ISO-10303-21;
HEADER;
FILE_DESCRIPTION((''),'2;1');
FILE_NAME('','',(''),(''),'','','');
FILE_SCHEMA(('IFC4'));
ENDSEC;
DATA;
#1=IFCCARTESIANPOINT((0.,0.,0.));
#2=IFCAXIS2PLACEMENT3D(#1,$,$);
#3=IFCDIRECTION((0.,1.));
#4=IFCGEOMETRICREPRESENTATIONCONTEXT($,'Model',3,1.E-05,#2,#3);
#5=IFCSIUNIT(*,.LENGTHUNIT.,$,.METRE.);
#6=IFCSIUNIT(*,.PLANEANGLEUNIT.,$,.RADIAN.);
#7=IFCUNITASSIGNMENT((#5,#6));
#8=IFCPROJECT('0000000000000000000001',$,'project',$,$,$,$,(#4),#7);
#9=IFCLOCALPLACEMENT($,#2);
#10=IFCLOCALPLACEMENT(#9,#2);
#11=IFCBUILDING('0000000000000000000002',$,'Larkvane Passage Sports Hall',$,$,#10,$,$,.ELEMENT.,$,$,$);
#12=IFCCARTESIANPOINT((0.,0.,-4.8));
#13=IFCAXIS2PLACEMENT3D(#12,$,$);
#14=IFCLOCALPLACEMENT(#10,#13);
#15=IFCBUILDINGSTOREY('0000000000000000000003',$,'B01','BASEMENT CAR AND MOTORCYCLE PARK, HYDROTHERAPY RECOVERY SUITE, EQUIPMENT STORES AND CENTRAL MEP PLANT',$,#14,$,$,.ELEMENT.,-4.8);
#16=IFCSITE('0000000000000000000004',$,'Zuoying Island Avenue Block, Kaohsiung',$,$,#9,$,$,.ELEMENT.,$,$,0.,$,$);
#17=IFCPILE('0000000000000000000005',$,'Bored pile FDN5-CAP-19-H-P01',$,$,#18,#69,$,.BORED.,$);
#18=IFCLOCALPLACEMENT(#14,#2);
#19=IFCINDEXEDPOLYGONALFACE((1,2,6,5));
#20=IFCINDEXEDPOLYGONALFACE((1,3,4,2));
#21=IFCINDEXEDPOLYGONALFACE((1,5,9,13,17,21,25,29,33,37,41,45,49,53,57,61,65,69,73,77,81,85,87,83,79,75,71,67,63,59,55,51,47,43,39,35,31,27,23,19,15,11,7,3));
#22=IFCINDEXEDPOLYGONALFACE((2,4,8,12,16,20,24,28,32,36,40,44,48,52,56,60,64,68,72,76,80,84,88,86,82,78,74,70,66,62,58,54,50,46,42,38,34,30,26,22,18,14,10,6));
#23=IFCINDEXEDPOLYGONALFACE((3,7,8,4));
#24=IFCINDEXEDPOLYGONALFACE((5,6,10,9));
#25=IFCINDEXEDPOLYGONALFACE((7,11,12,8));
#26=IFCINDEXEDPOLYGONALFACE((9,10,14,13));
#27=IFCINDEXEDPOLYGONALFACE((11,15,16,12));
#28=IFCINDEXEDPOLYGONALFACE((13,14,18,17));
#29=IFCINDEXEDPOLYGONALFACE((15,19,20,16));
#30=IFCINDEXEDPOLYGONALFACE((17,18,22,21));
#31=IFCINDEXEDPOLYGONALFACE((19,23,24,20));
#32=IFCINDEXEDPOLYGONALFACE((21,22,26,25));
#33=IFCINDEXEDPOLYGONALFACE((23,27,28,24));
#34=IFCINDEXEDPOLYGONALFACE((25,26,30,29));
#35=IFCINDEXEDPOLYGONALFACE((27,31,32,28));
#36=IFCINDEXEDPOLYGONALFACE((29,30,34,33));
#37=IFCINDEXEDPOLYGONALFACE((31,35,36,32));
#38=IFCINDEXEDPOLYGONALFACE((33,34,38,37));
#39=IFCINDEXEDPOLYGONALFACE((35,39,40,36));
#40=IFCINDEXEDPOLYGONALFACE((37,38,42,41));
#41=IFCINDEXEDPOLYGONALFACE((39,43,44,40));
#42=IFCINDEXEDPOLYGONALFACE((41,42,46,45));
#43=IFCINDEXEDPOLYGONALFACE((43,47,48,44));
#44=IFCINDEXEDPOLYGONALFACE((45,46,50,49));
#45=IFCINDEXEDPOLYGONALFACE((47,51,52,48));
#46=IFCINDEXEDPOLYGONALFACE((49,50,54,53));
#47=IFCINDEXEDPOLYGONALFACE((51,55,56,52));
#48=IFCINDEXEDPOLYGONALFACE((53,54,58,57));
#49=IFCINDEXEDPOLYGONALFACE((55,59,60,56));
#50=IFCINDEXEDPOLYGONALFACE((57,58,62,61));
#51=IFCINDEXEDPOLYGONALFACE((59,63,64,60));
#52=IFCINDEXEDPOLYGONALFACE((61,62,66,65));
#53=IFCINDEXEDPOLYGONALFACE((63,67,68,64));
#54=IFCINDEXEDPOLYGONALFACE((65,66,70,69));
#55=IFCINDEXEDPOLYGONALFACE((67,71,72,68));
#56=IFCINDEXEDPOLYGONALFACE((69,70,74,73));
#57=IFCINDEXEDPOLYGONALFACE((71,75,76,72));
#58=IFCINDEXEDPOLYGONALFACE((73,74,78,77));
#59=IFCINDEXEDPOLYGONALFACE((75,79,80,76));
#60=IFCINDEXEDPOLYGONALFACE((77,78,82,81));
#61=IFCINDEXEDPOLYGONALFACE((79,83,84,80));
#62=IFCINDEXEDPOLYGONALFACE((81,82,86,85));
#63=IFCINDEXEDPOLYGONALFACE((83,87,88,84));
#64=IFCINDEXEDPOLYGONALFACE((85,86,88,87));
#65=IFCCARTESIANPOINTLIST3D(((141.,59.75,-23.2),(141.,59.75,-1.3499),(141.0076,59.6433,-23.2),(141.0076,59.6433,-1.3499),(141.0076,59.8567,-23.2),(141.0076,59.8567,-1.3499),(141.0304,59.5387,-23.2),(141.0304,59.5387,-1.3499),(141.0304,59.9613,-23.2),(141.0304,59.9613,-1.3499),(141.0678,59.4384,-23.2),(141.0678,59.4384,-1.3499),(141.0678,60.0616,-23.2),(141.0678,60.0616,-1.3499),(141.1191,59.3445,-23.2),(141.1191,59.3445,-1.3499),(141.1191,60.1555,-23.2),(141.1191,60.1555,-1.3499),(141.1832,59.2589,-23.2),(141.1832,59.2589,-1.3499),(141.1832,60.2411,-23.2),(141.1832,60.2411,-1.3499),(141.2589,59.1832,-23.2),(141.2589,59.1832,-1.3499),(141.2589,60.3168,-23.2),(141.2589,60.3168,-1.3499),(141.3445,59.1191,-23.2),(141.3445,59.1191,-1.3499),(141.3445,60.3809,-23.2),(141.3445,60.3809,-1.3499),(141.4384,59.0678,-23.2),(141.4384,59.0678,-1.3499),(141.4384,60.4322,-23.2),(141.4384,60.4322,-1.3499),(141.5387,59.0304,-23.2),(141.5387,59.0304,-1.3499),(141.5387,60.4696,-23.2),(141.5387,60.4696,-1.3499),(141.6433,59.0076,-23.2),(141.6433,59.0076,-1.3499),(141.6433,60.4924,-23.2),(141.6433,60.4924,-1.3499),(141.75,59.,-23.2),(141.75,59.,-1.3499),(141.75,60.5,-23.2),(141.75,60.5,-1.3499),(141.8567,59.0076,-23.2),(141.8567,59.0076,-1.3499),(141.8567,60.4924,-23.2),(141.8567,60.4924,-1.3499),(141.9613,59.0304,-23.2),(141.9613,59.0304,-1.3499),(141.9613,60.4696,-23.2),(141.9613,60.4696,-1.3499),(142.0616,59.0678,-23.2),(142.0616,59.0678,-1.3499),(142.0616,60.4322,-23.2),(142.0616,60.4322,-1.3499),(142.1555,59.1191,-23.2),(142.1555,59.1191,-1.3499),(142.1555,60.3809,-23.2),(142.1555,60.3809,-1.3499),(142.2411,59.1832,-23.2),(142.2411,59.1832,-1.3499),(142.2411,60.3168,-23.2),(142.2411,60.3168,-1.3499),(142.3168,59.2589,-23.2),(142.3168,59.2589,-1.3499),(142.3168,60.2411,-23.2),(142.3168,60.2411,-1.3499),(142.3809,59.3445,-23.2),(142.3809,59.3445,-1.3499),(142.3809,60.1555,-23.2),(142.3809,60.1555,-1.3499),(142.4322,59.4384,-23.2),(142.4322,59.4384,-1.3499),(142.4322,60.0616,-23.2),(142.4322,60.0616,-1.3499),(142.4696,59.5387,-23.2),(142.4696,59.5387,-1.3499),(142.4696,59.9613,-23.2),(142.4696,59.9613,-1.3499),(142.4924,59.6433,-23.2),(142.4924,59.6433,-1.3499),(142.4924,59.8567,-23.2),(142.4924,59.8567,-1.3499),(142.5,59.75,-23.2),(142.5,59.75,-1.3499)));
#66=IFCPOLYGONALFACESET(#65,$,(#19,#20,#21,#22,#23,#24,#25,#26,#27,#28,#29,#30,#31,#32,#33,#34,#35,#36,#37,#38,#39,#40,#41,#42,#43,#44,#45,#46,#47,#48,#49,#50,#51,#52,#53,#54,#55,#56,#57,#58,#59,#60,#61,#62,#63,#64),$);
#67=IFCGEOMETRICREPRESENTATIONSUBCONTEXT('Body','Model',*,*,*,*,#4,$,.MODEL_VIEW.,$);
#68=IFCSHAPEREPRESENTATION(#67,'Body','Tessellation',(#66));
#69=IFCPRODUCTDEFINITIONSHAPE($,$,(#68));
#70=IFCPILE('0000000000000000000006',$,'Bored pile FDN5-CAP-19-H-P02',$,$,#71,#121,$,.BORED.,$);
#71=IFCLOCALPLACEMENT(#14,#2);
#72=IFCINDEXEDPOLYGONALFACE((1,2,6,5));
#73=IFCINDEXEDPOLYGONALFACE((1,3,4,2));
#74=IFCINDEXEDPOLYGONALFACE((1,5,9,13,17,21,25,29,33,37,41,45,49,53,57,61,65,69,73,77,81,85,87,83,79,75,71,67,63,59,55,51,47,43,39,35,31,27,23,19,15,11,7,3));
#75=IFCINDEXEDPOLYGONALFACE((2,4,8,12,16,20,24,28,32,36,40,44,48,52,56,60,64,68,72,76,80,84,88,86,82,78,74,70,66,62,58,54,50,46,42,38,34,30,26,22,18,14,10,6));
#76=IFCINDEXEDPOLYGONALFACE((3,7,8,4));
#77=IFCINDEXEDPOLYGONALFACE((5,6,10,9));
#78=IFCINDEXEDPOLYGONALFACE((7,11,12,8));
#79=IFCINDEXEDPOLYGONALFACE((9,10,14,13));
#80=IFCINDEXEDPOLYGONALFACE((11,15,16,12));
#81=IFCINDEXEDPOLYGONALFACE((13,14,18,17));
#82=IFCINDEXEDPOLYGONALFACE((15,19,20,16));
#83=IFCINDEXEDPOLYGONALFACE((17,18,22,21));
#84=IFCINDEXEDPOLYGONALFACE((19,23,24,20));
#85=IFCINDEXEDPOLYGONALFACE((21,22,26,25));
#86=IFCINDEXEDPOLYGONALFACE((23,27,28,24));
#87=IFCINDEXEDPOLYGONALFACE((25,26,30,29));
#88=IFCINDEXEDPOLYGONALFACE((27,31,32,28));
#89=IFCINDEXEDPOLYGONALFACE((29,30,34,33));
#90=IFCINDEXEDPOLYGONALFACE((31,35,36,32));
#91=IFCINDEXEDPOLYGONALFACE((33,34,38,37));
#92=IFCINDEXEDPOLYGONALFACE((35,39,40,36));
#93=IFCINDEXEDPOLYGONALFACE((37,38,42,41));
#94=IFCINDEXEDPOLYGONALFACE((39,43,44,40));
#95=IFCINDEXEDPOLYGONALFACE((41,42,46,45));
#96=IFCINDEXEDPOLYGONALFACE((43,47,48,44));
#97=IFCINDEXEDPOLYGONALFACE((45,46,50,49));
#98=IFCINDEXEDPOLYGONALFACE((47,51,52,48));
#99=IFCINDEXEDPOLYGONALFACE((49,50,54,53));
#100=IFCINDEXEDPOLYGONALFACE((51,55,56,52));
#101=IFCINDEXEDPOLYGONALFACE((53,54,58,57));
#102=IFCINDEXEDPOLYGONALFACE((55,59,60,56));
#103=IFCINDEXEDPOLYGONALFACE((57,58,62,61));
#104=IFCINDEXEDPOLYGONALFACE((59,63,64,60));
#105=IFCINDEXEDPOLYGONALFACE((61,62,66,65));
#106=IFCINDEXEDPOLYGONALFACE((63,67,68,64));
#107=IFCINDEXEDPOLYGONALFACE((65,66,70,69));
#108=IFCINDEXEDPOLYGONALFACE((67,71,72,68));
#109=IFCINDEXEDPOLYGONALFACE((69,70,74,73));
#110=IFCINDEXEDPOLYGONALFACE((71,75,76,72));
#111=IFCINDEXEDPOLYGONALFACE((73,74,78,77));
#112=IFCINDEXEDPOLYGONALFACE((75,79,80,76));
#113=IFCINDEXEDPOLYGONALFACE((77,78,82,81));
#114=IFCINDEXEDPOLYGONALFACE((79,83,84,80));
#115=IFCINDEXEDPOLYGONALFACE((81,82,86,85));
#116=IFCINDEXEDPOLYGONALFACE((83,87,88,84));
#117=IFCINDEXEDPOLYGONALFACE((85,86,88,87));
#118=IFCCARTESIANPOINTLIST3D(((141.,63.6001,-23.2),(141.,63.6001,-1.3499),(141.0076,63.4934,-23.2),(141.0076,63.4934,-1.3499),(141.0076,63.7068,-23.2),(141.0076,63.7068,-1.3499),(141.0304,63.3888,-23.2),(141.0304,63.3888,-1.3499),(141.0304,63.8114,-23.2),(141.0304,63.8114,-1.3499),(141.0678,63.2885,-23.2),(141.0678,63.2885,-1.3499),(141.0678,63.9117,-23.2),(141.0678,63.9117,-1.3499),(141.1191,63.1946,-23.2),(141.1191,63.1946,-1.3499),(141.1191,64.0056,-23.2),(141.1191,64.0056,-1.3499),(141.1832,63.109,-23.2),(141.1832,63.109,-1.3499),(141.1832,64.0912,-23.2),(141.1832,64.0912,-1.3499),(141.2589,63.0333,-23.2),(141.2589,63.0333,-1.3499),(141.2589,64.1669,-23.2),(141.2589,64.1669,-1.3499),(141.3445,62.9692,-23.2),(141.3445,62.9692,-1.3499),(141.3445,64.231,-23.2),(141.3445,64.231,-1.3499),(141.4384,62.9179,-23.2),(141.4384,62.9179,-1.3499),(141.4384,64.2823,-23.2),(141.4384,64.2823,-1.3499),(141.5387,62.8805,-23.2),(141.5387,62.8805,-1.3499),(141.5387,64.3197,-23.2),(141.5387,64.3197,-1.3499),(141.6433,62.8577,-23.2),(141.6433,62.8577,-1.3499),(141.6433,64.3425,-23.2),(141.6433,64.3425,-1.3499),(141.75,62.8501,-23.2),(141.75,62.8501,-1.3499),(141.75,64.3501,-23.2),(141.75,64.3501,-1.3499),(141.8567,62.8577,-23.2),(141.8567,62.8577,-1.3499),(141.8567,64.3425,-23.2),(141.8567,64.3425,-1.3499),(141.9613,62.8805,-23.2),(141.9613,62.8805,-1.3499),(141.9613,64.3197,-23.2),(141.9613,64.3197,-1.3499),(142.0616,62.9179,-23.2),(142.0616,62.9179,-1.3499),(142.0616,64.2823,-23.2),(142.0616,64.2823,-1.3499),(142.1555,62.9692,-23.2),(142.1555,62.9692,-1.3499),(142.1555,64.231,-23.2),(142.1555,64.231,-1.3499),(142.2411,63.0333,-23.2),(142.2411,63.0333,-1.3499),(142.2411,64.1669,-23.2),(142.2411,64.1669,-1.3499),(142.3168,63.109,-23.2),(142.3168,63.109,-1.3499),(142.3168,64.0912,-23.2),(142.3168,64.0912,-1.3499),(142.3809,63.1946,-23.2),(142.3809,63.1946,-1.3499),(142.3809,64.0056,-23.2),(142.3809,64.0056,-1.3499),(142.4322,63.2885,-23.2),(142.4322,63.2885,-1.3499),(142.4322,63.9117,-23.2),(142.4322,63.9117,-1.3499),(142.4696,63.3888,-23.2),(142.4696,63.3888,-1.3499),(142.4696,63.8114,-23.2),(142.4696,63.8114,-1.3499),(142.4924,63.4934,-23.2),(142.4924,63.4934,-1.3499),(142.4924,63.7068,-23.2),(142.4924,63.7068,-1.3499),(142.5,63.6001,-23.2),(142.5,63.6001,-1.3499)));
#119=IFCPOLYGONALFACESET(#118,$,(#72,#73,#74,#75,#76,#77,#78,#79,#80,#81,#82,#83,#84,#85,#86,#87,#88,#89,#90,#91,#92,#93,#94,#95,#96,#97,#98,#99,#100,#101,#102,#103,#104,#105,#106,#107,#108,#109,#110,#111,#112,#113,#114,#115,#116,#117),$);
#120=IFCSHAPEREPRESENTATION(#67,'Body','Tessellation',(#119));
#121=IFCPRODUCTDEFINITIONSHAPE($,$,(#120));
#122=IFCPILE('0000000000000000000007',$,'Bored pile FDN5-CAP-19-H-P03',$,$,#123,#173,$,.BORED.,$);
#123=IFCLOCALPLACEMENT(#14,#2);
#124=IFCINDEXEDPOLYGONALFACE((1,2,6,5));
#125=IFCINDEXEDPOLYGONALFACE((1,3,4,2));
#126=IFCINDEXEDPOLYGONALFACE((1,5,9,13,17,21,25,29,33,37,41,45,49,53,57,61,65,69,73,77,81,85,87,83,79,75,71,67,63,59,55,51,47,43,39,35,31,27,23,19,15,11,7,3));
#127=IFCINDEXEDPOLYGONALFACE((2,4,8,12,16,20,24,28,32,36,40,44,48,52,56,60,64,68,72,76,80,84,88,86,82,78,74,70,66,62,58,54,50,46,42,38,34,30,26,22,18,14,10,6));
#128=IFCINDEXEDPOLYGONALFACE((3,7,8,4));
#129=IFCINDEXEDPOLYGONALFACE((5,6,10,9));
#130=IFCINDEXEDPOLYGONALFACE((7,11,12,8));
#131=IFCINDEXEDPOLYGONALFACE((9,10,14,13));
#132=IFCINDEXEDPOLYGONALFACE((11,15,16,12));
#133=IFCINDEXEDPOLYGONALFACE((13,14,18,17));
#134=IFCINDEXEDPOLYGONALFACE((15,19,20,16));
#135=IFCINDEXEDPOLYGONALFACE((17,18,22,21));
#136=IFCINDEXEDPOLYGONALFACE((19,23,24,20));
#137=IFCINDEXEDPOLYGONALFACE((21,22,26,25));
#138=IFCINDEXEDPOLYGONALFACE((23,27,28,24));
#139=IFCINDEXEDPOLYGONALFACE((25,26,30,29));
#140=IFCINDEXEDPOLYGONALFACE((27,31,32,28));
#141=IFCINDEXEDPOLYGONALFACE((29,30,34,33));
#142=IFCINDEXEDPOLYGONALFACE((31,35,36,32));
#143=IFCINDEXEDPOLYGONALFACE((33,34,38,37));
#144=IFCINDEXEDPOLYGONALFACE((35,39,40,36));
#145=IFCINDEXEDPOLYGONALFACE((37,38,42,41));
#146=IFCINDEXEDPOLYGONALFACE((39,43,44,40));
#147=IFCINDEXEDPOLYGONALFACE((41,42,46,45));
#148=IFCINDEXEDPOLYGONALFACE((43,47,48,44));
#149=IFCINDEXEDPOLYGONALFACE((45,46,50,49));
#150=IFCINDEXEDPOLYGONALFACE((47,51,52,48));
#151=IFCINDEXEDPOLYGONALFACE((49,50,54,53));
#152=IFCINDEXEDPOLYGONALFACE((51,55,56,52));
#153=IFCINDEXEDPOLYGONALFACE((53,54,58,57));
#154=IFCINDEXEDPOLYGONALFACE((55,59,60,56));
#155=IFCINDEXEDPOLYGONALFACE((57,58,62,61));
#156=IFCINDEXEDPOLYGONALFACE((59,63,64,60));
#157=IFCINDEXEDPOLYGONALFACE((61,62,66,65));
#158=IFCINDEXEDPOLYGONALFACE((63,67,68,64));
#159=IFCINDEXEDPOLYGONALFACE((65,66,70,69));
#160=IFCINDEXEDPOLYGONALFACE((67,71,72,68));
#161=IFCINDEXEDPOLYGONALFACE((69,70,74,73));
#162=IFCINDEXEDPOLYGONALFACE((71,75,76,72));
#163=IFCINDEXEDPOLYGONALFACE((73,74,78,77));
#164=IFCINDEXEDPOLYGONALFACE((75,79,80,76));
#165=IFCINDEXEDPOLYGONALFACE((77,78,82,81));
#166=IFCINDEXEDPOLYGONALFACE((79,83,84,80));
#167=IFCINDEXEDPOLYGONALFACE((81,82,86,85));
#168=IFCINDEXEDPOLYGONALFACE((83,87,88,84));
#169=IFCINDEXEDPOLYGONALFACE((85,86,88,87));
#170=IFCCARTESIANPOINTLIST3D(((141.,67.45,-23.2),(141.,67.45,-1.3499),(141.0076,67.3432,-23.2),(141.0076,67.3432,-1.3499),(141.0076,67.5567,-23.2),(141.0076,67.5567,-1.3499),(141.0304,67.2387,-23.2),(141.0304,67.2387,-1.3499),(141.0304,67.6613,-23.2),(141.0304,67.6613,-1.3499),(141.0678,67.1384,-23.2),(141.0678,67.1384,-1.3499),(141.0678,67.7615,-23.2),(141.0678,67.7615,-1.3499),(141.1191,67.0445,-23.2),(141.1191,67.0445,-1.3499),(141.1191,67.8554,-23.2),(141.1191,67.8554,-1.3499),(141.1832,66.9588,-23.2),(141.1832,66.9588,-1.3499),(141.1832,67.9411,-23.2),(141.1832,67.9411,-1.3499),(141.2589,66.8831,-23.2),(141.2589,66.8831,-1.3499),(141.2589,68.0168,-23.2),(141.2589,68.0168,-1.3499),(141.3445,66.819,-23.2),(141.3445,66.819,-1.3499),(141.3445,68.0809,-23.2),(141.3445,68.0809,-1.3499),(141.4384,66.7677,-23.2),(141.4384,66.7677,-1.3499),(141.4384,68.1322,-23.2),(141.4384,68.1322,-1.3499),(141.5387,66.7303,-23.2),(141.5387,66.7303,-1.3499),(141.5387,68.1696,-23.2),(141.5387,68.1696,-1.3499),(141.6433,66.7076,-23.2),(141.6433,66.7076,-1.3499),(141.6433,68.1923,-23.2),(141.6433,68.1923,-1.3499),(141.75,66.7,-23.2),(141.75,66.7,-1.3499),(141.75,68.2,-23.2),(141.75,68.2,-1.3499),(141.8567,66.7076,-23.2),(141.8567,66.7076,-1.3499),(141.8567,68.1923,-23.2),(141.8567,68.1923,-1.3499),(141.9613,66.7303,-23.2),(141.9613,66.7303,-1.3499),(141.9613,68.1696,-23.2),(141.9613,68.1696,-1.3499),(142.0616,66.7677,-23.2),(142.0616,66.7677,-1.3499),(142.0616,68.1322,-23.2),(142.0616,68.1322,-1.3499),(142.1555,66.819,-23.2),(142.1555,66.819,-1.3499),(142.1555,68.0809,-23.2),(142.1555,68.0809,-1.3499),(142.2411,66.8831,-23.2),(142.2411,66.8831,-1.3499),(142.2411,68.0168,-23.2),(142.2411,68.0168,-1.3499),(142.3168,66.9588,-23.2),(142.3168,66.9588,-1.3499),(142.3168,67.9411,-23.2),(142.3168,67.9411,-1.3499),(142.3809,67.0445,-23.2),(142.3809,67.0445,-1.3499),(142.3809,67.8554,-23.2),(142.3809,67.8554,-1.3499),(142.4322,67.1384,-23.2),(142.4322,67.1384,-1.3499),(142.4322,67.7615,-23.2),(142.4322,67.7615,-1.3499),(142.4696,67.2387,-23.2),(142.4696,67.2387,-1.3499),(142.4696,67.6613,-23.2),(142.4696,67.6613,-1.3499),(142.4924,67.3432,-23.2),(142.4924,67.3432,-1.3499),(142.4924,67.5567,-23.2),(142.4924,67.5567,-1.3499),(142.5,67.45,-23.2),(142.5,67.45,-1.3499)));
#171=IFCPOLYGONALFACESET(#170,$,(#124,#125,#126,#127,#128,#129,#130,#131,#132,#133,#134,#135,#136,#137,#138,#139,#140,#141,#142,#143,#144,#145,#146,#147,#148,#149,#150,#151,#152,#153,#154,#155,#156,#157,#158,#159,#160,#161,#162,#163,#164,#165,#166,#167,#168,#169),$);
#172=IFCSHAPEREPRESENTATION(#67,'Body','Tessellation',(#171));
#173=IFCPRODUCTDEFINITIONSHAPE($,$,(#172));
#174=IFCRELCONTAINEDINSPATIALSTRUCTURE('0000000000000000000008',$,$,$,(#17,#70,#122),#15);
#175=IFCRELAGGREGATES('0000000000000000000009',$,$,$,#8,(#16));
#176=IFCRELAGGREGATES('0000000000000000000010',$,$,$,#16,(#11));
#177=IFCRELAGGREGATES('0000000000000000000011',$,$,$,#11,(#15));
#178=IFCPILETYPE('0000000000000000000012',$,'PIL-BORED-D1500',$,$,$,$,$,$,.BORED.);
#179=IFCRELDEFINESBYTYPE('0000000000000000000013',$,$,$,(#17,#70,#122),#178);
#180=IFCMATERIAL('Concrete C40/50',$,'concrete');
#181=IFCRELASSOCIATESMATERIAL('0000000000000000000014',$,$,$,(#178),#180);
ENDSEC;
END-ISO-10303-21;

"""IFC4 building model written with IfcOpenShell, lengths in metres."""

from ifc_helpers import new_model, si_unit, direction, frame, origin, origin_2d, place, context, subcontext, project, spatial, circle, extrude, material, material_profile, profile_set, type_object, element, save


model = new_model("IFC4")

# Units and contexts
model_context = context("Model", 3, precision=1e-05, world=origin(), true_north=direction((0.0, 1.0)))
body_context = subcontext(model_context, "Body", "Model", "MODEL_VIEW")
ifc_project = project(units=[si_unit("LENGTHUNIT", "METRE"), si_unit("PLANEANGLEUNIT", "RADIAN")], contexts=[model_context])

# Site, building, storey
site_placement = place(None, origin())
site = spatial("IfcSite", under=ifc_project, at=site_placement, Name="Zuoying Island Avenue Block, Kaohsiung", CompositionType="ELEMENT", RefElevation=0.0)
building_placement = place(site_placement, origin())
building = spatial("IfcBuilding", under=site, at=building_placement, Name="Larkvane Passage Sports Hall", CompositionType="ELEMENT")
storey_placement = place(building_placement, frame((0.0, 0.0, -4.8)))
storey = spatial("IfcBuildingStorey", under=building, at=storey_placement, Name="B01", Description="BASEMENT CAR AND MOTORCYCLE PARK, HYDROTHERAPY RECOVERY SUITE, EQUIPMENT STORES AND CENTRAL MEP PLANT", CompositionType="ELEMENT", Elevation=-4.8)

# Shared definitions
ifc_material_1 = material(Name="Concrete C40/50", Category="concrete")

# Piles
ifc_material_profile_1 = material_profile(ifc_material_1, circle(Radius=0.75, at=origin_2d()), Name="PILE-D1500")
ifc_profile_set_1 = profile_set([ifc_material_profile_1], Name="Concrete C40/50")
pile_type_1 = type_object("IfcPileType", Name="PIL-BORED-D1500", PredefinedType="BORED", material=ifc_profile_set_1)
for number, where, z_axis, x_axis, name in (
    (1, (141.75, 59.75, -1.3499), (0.0, 0.0, -1.0), (1.0, 0.0, 0.0), "Bored pile FDN5-CAP-19-H-P01"),
    (2, (141.75, 63.6001, -1.3499), (0.0, 0.0, -1.0), (1.0, 0.0, 0.0), "Bored pile FDN5-CAP-19-H-P02"),
    (3, (141.75, 67.45, -1.3499), (0.0, 0.0, -1.0), (1.0, 0.0, 0.0), "Bored pile FDN5-CAP-19-H-P03"),
):
    element("IfcPile", number, at=place(storey_placement, frame(where, z_axis=z_axis, x_axis=x_axis)), inside=storey, type_object=pile_type_1, Name=name, PredefinedType="BORED", context=body_context, shape_type="SweptSolid", body=[
        extrude(circle(Radius=0.75, at=origin_2d()), origin(), (0.0, 0.0, 1.0), 21.8501),
    ])

save(model, "model.ifc")
